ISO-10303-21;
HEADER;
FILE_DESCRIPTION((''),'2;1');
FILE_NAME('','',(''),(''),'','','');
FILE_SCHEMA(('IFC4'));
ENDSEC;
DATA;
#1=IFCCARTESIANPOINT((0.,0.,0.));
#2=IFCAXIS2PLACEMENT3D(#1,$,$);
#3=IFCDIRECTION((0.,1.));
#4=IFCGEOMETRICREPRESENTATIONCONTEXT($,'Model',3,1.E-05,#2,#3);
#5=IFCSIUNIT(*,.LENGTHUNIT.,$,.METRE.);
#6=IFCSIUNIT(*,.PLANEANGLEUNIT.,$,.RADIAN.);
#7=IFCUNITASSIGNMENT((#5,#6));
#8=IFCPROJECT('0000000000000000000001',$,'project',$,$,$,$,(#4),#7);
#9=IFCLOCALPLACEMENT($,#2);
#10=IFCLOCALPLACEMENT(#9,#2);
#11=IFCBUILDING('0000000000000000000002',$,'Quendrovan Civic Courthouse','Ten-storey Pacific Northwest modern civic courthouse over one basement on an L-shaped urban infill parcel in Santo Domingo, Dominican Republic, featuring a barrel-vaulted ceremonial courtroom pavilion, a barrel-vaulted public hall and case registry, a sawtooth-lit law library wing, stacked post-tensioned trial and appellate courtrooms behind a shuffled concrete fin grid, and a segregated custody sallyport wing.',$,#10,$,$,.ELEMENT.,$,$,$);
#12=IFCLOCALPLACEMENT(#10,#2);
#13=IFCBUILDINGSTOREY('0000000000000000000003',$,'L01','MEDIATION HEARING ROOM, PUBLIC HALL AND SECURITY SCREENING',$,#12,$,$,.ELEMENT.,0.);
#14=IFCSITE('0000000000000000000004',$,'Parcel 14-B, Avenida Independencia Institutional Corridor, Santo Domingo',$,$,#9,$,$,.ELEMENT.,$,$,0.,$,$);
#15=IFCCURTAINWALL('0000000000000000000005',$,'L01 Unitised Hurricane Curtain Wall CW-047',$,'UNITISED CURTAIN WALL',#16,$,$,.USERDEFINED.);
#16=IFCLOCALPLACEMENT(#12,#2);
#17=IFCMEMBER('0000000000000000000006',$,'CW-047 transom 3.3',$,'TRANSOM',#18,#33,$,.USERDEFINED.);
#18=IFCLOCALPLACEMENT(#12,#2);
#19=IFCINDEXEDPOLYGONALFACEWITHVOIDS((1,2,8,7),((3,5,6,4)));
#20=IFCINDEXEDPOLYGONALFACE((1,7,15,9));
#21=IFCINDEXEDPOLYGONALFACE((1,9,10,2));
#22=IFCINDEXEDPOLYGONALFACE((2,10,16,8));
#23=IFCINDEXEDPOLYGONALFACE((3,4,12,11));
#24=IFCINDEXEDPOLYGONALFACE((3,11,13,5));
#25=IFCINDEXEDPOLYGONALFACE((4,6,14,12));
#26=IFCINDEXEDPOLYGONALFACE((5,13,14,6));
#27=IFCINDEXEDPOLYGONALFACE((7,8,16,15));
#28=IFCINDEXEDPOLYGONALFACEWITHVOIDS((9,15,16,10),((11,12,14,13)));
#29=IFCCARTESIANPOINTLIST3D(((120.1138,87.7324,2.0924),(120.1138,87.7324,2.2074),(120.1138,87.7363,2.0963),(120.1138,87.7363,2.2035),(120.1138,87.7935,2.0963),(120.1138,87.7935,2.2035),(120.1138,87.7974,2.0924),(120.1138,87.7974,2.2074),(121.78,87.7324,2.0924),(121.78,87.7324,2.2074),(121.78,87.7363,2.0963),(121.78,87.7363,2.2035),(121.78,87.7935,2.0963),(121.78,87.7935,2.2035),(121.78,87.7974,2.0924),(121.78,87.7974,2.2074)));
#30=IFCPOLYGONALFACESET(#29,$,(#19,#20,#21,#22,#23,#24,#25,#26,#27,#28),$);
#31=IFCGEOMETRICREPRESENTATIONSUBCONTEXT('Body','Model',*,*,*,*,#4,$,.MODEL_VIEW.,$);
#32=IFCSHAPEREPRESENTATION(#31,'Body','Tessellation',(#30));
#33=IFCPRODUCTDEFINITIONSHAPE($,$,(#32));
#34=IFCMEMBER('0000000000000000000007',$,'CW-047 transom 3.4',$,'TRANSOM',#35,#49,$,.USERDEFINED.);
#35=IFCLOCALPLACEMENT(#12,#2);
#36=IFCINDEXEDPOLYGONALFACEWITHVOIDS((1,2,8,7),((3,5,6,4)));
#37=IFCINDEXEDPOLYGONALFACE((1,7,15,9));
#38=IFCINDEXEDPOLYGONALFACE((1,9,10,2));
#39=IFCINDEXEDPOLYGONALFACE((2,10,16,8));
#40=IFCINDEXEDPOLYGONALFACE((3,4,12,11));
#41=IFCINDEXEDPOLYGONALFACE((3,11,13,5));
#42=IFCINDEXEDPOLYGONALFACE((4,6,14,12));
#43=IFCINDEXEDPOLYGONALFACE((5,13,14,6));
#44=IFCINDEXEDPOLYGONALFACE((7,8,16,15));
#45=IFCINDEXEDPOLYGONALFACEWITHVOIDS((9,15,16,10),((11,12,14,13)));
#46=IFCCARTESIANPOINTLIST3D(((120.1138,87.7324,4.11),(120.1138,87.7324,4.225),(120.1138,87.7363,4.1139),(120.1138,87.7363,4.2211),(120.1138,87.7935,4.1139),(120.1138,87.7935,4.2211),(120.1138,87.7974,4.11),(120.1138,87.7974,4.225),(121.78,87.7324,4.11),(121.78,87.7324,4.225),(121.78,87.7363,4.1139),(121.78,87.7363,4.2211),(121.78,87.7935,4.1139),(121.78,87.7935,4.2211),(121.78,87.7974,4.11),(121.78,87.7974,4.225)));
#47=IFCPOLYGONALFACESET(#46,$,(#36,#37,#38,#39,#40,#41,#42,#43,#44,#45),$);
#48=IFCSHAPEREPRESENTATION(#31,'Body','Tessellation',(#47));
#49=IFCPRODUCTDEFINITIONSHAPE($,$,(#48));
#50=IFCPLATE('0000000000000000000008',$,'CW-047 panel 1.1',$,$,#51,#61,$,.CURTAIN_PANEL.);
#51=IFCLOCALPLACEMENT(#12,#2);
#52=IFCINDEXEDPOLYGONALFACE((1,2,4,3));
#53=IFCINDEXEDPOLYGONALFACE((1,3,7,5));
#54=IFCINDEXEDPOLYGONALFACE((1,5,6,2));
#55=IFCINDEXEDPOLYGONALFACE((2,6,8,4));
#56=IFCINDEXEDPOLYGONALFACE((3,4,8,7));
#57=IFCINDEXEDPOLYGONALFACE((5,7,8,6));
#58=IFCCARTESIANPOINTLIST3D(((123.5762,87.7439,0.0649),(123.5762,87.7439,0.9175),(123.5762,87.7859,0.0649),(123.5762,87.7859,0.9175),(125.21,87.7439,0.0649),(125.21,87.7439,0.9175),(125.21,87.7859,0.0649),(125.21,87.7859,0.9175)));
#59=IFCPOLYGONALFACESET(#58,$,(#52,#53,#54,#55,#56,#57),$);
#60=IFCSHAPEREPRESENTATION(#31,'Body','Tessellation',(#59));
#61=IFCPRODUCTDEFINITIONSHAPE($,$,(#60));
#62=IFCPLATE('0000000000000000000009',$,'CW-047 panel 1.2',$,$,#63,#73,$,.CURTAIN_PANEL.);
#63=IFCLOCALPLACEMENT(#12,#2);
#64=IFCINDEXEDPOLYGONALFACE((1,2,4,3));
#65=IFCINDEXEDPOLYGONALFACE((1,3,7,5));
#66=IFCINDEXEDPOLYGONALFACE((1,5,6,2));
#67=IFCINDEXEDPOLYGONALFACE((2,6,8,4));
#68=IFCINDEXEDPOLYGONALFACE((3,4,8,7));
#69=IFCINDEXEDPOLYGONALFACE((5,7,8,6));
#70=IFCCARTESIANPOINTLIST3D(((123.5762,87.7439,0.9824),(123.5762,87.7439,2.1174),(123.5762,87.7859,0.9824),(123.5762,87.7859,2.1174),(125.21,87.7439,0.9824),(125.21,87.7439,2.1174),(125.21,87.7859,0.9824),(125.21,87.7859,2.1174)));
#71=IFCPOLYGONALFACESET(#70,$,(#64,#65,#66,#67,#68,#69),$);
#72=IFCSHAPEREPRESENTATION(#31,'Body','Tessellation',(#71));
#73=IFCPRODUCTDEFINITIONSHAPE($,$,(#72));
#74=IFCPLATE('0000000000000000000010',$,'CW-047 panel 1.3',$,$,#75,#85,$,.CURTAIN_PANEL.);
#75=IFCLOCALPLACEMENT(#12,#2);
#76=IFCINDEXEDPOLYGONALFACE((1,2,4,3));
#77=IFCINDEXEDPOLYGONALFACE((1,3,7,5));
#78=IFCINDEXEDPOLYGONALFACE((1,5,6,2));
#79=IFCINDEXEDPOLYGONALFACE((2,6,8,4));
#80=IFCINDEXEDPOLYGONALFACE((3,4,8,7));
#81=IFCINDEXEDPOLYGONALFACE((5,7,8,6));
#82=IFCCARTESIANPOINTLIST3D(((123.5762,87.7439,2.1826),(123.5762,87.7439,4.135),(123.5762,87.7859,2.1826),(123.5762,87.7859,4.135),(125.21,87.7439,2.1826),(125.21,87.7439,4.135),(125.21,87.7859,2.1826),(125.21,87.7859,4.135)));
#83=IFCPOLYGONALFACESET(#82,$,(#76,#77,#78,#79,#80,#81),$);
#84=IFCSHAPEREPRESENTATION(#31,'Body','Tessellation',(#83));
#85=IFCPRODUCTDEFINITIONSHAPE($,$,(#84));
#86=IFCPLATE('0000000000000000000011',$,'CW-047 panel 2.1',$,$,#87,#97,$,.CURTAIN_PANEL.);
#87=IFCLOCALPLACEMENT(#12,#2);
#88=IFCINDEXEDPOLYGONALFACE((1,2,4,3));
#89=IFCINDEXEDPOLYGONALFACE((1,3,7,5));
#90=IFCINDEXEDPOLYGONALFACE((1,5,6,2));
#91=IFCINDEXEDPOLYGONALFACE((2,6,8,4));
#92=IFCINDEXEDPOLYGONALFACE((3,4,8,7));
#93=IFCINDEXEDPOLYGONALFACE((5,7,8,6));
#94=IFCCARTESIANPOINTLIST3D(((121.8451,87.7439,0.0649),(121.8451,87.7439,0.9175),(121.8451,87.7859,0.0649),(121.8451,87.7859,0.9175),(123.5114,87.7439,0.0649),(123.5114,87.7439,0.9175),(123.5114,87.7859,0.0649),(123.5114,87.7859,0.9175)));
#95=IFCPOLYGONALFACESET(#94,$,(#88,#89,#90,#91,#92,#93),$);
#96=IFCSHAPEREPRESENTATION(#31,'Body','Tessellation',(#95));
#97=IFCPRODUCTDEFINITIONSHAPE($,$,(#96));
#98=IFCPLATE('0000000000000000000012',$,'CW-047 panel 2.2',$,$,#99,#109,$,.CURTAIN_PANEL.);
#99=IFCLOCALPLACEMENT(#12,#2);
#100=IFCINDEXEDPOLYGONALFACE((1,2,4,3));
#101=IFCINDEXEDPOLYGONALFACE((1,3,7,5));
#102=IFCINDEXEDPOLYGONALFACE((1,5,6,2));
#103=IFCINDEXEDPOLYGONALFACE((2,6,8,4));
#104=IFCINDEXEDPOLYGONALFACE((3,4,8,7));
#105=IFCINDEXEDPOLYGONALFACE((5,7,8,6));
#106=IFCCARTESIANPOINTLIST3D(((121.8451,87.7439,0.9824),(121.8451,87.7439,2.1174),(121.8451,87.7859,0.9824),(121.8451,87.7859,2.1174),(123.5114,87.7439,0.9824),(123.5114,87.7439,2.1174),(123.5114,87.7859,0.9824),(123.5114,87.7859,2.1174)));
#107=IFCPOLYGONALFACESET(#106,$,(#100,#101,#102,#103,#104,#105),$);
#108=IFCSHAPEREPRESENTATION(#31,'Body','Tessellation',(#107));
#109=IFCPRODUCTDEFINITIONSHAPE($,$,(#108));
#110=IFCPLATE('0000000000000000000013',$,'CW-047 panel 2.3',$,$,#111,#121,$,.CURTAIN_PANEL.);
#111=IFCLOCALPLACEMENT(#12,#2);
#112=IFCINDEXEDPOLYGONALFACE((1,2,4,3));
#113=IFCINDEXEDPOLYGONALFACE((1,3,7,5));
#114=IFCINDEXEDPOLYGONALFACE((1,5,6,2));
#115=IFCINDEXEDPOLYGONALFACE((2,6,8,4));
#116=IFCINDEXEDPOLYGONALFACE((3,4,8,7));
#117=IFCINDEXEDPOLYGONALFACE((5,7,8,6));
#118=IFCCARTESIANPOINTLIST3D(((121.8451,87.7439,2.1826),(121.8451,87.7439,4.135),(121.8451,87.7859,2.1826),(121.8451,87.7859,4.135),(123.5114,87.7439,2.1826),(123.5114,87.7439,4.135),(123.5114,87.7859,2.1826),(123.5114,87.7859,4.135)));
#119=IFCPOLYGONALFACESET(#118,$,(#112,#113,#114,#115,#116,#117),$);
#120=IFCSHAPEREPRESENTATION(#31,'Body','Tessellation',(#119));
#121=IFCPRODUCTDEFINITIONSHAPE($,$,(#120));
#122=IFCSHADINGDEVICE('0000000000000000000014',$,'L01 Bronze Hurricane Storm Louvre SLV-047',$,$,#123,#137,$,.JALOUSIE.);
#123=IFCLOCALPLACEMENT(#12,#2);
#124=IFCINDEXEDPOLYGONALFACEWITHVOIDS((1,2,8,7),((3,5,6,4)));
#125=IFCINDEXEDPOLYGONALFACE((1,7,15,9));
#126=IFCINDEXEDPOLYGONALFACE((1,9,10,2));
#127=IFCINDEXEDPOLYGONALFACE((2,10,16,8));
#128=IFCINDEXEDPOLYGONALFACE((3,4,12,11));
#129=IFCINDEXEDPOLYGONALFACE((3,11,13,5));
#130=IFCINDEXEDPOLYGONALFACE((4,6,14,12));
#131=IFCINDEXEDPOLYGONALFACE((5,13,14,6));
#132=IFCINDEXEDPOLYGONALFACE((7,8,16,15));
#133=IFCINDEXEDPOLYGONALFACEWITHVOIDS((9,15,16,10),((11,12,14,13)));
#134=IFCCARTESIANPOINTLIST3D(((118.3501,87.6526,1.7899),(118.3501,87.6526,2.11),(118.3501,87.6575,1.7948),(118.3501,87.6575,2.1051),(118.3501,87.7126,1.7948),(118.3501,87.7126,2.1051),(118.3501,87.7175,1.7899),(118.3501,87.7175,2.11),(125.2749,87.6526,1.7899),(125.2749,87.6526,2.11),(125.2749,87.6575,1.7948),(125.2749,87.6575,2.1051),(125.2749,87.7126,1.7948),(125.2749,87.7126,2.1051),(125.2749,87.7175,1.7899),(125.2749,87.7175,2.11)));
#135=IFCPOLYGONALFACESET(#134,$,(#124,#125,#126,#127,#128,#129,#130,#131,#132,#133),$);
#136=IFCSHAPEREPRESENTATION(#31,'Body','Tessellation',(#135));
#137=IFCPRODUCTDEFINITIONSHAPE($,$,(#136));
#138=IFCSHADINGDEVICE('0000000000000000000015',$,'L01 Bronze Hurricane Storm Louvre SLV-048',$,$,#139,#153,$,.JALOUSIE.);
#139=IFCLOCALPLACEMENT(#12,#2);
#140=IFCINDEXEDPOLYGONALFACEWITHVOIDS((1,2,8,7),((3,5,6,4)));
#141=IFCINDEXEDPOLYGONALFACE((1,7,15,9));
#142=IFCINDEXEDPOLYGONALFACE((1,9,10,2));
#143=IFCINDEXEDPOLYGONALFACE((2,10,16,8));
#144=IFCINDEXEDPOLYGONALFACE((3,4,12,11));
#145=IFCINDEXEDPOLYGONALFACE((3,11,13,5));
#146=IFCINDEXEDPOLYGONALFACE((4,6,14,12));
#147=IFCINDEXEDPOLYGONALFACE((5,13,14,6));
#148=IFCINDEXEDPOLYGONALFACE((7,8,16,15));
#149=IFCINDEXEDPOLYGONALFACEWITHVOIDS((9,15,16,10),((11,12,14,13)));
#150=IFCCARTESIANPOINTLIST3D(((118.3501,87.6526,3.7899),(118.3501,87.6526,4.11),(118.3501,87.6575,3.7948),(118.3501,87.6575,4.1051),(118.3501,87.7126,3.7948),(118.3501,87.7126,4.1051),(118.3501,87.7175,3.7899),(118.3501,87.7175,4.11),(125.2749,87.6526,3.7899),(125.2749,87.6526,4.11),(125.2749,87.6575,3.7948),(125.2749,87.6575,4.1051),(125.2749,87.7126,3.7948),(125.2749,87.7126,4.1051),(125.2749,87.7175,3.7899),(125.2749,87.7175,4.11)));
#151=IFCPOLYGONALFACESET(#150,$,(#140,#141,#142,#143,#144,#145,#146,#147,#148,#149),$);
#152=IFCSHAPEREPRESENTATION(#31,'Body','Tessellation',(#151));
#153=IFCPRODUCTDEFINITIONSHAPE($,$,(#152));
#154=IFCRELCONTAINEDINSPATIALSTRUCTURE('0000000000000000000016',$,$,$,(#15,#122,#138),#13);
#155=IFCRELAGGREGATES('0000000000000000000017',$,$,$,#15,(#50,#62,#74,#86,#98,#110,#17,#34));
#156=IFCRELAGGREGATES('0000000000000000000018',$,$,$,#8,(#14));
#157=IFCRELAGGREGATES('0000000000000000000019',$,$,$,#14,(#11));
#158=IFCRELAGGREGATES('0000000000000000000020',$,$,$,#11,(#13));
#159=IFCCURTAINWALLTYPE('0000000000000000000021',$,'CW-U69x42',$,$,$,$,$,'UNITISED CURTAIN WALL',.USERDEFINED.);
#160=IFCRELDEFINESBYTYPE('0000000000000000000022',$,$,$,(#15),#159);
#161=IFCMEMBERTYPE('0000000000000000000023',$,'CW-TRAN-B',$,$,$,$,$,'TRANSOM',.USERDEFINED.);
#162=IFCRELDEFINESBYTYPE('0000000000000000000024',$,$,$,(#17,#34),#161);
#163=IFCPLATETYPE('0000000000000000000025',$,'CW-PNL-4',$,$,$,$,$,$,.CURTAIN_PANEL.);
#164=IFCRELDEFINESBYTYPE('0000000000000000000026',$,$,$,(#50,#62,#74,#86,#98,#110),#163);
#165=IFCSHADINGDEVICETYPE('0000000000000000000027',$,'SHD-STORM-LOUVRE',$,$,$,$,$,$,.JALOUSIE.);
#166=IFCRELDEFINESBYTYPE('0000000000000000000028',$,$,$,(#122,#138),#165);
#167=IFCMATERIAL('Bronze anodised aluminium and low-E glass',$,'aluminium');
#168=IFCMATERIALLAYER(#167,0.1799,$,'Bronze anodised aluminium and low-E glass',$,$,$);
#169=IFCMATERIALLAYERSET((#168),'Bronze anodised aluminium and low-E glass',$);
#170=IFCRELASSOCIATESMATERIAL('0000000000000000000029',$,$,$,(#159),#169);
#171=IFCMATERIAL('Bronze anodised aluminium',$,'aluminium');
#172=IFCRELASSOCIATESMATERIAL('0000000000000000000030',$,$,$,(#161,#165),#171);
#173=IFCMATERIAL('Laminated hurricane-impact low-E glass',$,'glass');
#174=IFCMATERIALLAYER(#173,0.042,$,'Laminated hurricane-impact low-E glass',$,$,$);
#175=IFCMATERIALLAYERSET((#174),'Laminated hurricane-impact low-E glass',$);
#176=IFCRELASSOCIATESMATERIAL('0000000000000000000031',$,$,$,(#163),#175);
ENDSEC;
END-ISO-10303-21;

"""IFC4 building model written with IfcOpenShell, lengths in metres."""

from ifc_helpers import new_model, si_unit, direction, frame, origin, origin_2d, place, context, subcontext, project, spatial, rectangle, hollow_rectangle, extrude, material, layer, layer_set, material_profile, profile_set, type_object, element, aggregate, save


model = new_model("IFC4")

# Units and contexts
model_context = context("Model", 3, precision=1e-05, world=origin(), true_north=direction((0.0, 1.0)))
body_context = subcontext(model_context, "Body", "Model", "MODEL_VIEW")
ifc_project = project(units=[si_unit("LENGTHUNIT", "METRE"), si_unit("PLANEANGLEUNIT", "RADIAN")], contexts=[model_context])

# Site, building, storey
site_placement = place(None, origin())
site = spatial("IfcSite", under=ifc_project, at=site_placement, Name="Parcel 14-B, Avenida Independencia Institutional Corridor, Santo Domingo", CompositionType="ELEMENT", RefElevation=0.0)
building_placement = place(site_placement, origin())
building = spatial("IfcBuilding", under=site, at=building_placement, Name="Quendrovan Civic Courthouse", Description="Ten-storey Pacific Northwest modern civic courthouse over one basement on an L-shaped urban infill parcel in Santo Domingo, Dominican Republic, featuring a barrel-vaulted ceremonial courtroom pavilion, a barrel-vaulted public hall and case registry, a sawtooth-lit law library wing, stacked post-tensioned trial and appellate courtrooms behind a shuffled concrete fin grid, and a segregated custody sallyport wing.", CompositionType="ELEMENT")
storey_placement = place(building_placement, origin())
storey = spatial("IfcBuildingStorey", under=building, at=storey_placement, Name="L01", Description="MEDIATION HEARING ROOM, PUBLIC HALL AND SECURITY SCREENING", CompositionType="ELEMENT", Elevation=0.0)

# Curtain wall, members, plates
ifc_material_1 = material(Name="Bronze anodised aluminium and low-E glass", Category="aluminium")
ifc_layer_1 = layer(ifc_material_1, 0.1799, Name="Bronze anodised aluminium and low-E glass")
ifc_layer_set_1 = layer_set([ifc_layer_1], Name="Bronze anodised aluminium and low-E glass")
curtain_wall_type = type_object("IfcCurtainWallType", Name="CW-U69x42", ElementType="UNITISED CURTAIN WALL", PredefinedType="USERDEFINED", material=ifc_layer_set_1)
curtain_wall_placement = place(storey_placement, origin())
curtain_wall = element("IfcCurtainWall", 1, at=curtain_wall_placement, inside=storey, type_object=curtain_wall_type, Name="L01 Unitised Hurricane Curtain Wall CW-047", ObjectType="UNITISED CURTAIN WALL", PredefinedType="USERDEFINED")
ifc_material_2 = material(Name="Bronze anodised aluminium", Category="aluminium")
ifc_material_profile_1 = material_profile(ifc_material_2, hollow_rectangle(XDim=0.0649, YDim=0.115, WallThickness=0.0039, at=origin_2d()), Name="CW-TRAN-65x115")
ifc_profile_set_1 = profile_set([ifc_material_profile_1], Name="Bronze anodised aluminium")
member_type_1 = type_object("IfcMemberType", Name="CW-TRAN-B", ElementType="TRANSOM", PredefinedType="USERDEFINED", material=ifc_profile_set_1)
member_1_placement = place(storey_placement, frame((121.78, 87.7649, 2.1499), z_axis=(-1.0, 0.0, 0.0), x_axis=(0.0, -1.0, 0.0)))
member_1 = element("IfcMember", 2, at=member_1_placement, type_object=member_type_1, Name="CW-047 transom 3.3", ObjectType="TRANSOM", PredefinedType="USERDEFINED", context=body_context, shape_type="SweptSolid", body=[
    extrude(hollow_rectangle(XDim=0.0649, YDim=0.115, WallThickness=0.0039, at=origin_2d()), origin(), (0.0, 0.0, 1.0), 1.6663),
])
member_2_placement = place(storey_placement, frame((121.78, 87.7649, 4.1675), z_axis=(-1.0, 0.0, 0.0), x_axis=(0.0, -1.0, 0.0)))
member_2 = element("IfcMember", 3, at=member_2_placement, type_object=member_type_1, Name="CW-047 transom 3.4", ObjectType="TRANSOM", PredefinedType="USERDEFINED", context=body_context, shape_type="SweptSolid", body=[
    extrude(hollow_rectangle(XDim=0.0649, YDim=0.115, WallThickness=0.0039, at=origin_2d()), origin(), (0.0, 0.0, 1.0), 1.6663),
])
ifc_material_3 = material(Name="Laminated hurricane-impact low-E glass", Category="glass")
ifc_layer_2 = layer(ifc_material_3, 0.042, Name="Laminated hurricane-impact low-E glass")
ifc_layer_set_2 = layer_set([ifc_layer_2], Name="Laminated hurricane-impact low-E glass")
plate_type = type_object("IfcPlateType", Name="CW-PNL-4", PredefinedType="CURTAIN_PANEL", material=ifc_layer_set_2)
plate_1_placement = place(storey_placement, frame((124.3931, 87.7649, 0.0649), z_axis=(0.0, 0.0, 1.0), x_axis=(-1.0, 0.0, 0.0)))
plate_1 = element("IfcPlate", 4, at=plate_1_placement, type_object=plate_type, Name="CW-047 panel 1.1", PredefinedType="CURTAIN_PANEL", context=body_context, shape_type="SweptSolid", body=[
    extrude(rectangle(XDim=1.6338, YDim=0.042, at=origin_2d()), origin(), (0.0, 0.0, 1.0), 0.8525),
])
plate_2_placement = place(storey_placement, frame((124.3931, 87.7649, 0.9824), z_axis=(0.0, 0.0, 1.0), x_axis=(-1.0, 0.0, 0.0)))
plate_2 = element("IfcPlate", 5, at=plate_2_placement, type_object=plate_type, Name="CW-047 panel 1.2", PredefinedType="CURTAIN_PANEL", context=body_context, shape_type="SweptSolid", body=[
    extrude(rectangle(XDim=1.6338, YDim=0.042, at=origin_2d()), origin(), (0.0, 0.0, 1.0), 1.135),
])
plate_3_placement = place(storey_placement, frame((124.3931, 87.7649, 2.1826), z_axis=(0.0, 0.0, 1.0), x_axis=(-1.0, 0.0, 0.0)))
plate_3 = element("IfcPlate", 6, at=plate_3_placement, type_object=plate_type, Name="CW-047 panel 1.3", PredefinedType="CURTAIN_PANEL", context=body_context, shape_type="SweptSolid", body=[
    extrude(rectangle(XDim=1.6338, YDim=0.042, at=origin_2d()), origin(), (0.0, 0.0, 1.0), 1.9524),
])
plate_4_placement = place(storey_placement, frame((122.6782, 87.7649, 0.0649), z_axis=(0.0, 0.0, 1.0), x_axis=(-1.0, 0.0, 0.0)))
plate_4 = element("IfcPlate", 7, at=plate_4_placement, type_object=plate_type, Name="CW-047 panel 2.1", PredefinedType="CURTAIN_PANEL", context=body_context, shape_type="SweptSolid", body=[
    extrude(rectangle(XDim=1.6663, YDim=0.042, at=origin_2d()), origin(), (0.0, 0.0, 1.0), 0.8525),
])
plate_5_placement = place(storey_placement, frame((122.6782, 87.7649, 0.9824), z_axis=(0.0, 0.0, 1.0), x_axis=(-1.0, 0.0, 0.0)))
plate_5 = element("IfcPlate", 8, at=plate_5_placement, type_object=plate_type, Name="CW-047 panel 2.2", PredefinedType="CURTAIN_PANEL", context=body_context, shape_type="SweptSolid", body=[
    extrude(rectangle(XDim=1.6663, YDim=0.042, at=origin_2d()), origin(), (0.0, 0.0, 1.0), 1.135),
])
plate_6_placement = place(storey_placement, frame((122.6782, 87.7649, 2.1826), z_axis=(0.0, 0.0, 1.0), x_axis=(-1.0, 0.0, 0.0)))
plate_6 = element("IfcPlate", 9, at=plate_6_placement, type_object=plate_type, Name="CW-047 panel 2.3", PredefinedType="CURTAIN_PANEL", context=body_context, shape_type="SweptSolid", body=[
    extrude(rectangle(XDim=1.6663, YDim=0.042, at=origin_2d()), origin(), (0.0, 0.0, 1.0), 1.9524),
])
aggregate(curtain_wall, [plate_1, plate_2, plate_3, plate_4, plate_5, plate_6, member_1, member_2])

# Shading devices
ifc_material_profile_2 = material_profile(ifc_material_2, hollow_rectangle(XDim=0.0649, YDim=0.3201, WallThickness=0.0049, at=origin_2d()), Name="AL-LOUVRE-65x320")
ifc_profile_set_2 = profile_set([ifc_material_profile_2], Name="Bronze anodised aluminium")
shading_device_type = type_object("IfcShadingDeviceType", Name="SHD-STORM-LOUVRE", PredefinedType="JALOUSIE", material=ifc_profile_set_2)
for number, where, z_axis, x_axis, name in (
    (10, (125.2749, 87.6851, 1.95), (-1.0, 0.0, 0.0), (0.0, -1.0, 0.0), "L01 Bronze Hurricane Storm Louvre SLV-047"),
    (11, (125.2749, 87.6851, 3.95), (-1.0, 0.0, 0.0), (0.0, -1.0, 0.0), "L01 Bronze Hurricane Storm Louvre SLV-048"),
):
    element("IfcShadingDevice", number, at=place(storey_placement, frame(where, z_axis=z_axis, x_axis=x_axis)), inside=storey, type_object=shading_device_type, Name=name, PredefinedType="JALOUSIE", context=body_context, shape_type="SweptSolid", body=[
        extrude(hollow_rectangle(XDim=0.0649, YDim=0.3201, WallThickness=0.0049, at=origin_2d()), origin(), (0.0, 0.0, 1.0), 6.9248),
    ])

save(model, "model.ifc")
